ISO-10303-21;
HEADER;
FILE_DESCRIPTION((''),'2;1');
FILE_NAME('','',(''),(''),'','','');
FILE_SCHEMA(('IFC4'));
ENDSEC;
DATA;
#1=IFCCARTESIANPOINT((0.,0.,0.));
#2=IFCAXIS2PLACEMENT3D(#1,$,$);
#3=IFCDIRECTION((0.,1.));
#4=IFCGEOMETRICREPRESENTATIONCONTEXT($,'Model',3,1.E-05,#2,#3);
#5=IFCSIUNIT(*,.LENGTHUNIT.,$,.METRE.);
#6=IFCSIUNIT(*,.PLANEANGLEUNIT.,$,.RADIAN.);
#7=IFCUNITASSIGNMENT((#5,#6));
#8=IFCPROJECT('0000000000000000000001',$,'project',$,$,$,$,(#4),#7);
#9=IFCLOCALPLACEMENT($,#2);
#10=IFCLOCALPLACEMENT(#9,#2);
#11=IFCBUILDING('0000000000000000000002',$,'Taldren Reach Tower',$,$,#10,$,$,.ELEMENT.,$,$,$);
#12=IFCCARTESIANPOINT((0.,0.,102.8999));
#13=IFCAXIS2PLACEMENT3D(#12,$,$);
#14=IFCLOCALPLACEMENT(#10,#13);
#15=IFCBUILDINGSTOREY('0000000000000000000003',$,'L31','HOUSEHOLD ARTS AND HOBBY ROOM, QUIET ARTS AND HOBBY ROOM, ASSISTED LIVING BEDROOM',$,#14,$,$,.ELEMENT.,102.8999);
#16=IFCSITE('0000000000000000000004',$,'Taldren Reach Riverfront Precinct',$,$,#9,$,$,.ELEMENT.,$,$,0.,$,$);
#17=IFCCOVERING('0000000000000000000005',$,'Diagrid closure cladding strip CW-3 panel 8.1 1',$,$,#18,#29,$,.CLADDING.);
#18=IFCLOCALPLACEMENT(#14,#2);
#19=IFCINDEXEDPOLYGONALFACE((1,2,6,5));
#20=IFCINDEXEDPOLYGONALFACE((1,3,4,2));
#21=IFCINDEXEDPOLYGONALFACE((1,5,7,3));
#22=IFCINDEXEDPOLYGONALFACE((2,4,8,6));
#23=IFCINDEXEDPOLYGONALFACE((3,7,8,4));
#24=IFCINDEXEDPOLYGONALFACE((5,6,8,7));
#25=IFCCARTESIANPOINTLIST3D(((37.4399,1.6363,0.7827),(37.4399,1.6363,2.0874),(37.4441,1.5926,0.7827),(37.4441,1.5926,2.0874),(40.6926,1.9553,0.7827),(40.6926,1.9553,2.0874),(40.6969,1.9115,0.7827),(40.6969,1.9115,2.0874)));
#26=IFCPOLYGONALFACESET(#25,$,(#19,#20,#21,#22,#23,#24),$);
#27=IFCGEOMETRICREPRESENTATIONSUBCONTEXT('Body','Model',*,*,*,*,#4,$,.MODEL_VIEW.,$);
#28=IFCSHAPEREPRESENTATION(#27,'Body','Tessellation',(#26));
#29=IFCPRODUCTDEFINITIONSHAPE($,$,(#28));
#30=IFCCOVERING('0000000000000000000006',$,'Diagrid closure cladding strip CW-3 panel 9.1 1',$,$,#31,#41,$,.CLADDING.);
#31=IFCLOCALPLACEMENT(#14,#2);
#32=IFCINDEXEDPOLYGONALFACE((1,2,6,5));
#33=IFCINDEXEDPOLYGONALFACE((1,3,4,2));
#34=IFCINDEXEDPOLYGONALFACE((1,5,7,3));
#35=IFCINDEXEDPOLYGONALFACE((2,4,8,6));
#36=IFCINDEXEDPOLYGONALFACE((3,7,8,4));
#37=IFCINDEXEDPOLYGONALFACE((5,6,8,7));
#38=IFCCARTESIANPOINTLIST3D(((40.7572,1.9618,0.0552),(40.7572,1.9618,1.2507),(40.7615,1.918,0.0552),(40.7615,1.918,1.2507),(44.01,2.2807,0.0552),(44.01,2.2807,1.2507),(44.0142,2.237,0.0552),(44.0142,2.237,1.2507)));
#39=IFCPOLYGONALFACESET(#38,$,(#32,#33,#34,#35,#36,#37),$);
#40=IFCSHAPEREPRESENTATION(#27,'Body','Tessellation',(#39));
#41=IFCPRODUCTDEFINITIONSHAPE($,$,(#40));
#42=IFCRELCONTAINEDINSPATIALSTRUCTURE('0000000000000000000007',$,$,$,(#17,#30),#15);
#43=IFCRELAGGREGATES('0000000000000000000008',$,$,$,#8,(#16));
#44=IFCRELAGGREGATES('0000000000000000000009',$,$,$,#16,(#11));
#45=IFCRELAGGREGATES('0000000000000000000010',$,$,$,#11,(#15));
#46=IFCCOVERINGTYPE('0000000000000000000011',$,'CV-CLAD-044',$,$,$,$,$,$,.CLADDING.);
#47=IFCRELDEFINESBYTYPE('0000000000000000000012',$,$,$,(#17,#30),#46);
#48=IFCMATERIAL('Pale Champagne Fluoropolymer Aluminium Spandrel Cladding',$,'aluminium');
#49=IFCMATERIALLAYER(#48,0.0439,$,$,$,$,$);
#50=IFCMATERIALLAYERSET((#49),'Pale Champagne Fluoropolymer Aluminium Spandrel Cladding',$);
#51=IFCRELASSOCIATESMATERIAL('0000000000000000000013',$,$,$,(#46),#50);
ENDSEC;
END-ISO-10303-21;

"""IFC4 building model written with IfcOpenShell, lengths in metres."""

from ifc_helpers import new_model, si_unit, direction, frame, origin, origin_2d, place, context, subcontext, project, spatial, rectangle, extrude, source, transform, mapped, material, layer, layer_set, type_object, element, save


model = new_model("IFC4")

# Units and contexts
model_context = context("Model", 3, precision=1e-05, world=origin(), true_north=direction((0.0, 1.0)))
body_context = subcontext(model_context, "Body", "Model", "MODEL_VIEW")
ifc_project = project(units=[si_unit("LENGTHUNIT", "METRE"), si_unit("PLANEANGLEUNIT", "RADIAN")], contexts=[model_context])

# Site, building, storey
site_placement = place(None, origin())
site = spatial("IfcSite", under=ifc_project, at=site_placement, Name="Taldren Reach Riverfront Precinct", CompositionType="ELEMENT", RefElevation=0.0)
building_placement = place(site_placement, origin())
building = spatial("IfcBuilding", under=site, at=building_placement, Name="Taldren Reach Tower", CompositionType="ELEMENT")
storey_placement = place(building_placement, frame((0.0, 0.0, 102.8999)))
storey = spatial("IfcBuildingStorey", under=building, at=storey_placement, Name="L31", Description="HOUSEHOLD ARTS AND HOBBY ROOM, QUIET ARTS AND HOBBY ROOM, ASSISTED LIVING BEDROOM", CompositionType="ELEMENT", Elevation=102.8999)

# Coverings
ifc_material_1 = material(Name="Pale Champagne Fluoropolymer Aluminium Spandrel Cladding", Category="aluminium")
ifc_layer_1 = layer(ifc_material_1, 0.0439)
ifc_layer_set_1 = layer_set([ifc_layer_1], Name="Pale Champagne Fluoropolymer Aluminium Spandrel Cladding")
covering_type = type_object("IfcCoveringType", Name="CV-CLAD-044", PredefinedType="CLADDING", material=ifc_layer_set_1)
shared_shape_1 = source(origin(), body_context, "Body", "SweptSolid", [
    extrude(rectangle(XDim=3.2683, YDim=0.0439, at=origin_2d()), origin(), (0.0, 0.0, 1.0), 1.3047),
])
covering_1_placement = place(storey_placement, frame((39.0684, 1.7739, 0.7827), z_axis=(0.0, 0.0, 1.0), x_axis=(0.995227, 0.097583, 0.0)))
element("IfcCovering", 1, at=covering_1_placement, inside=storey, type_object=covering_type, Name="Diagrid closure cladding strip CW-3 panel 8.1 1", PredefinedType="CLADDING", context=body_context, shape_type="MappedRepresentation", body=[
    mapped(shared_shape_1, transform((0.0, 0.0, 0.0), scale=1.0)),
])
shared_shape_2 = source(origin(), body_context, "Body", "SweptSolid", [
    extrude(rectangle(XDim=3.2683, YDim=0.0439, at=origin_2d()), origin(), (0.0, 0.0, 1.0), 1.1956),
])
covering_2_placement = place(storey_placement, frame((42.3857, 2.0994, 0.0552), z_axis=(0.0, 0.0, 1.0), x_axis=(0.995227, 0.097583, 0.0)))
element("IfcCovering", 2, at=covering_2_placement, inside=storey, type_object=covering_type, Name="Diagrid closure cladding strip CW-3 panel 9.1 1", PredefinedType="CLADDING", context=body_context, shape_type="MappedRepresentation", body=[
    mapped(shared_shape_2, transform((0.0, 0.0, 0.0), scale=1.0)),
])

save(model, "model.ifc")
